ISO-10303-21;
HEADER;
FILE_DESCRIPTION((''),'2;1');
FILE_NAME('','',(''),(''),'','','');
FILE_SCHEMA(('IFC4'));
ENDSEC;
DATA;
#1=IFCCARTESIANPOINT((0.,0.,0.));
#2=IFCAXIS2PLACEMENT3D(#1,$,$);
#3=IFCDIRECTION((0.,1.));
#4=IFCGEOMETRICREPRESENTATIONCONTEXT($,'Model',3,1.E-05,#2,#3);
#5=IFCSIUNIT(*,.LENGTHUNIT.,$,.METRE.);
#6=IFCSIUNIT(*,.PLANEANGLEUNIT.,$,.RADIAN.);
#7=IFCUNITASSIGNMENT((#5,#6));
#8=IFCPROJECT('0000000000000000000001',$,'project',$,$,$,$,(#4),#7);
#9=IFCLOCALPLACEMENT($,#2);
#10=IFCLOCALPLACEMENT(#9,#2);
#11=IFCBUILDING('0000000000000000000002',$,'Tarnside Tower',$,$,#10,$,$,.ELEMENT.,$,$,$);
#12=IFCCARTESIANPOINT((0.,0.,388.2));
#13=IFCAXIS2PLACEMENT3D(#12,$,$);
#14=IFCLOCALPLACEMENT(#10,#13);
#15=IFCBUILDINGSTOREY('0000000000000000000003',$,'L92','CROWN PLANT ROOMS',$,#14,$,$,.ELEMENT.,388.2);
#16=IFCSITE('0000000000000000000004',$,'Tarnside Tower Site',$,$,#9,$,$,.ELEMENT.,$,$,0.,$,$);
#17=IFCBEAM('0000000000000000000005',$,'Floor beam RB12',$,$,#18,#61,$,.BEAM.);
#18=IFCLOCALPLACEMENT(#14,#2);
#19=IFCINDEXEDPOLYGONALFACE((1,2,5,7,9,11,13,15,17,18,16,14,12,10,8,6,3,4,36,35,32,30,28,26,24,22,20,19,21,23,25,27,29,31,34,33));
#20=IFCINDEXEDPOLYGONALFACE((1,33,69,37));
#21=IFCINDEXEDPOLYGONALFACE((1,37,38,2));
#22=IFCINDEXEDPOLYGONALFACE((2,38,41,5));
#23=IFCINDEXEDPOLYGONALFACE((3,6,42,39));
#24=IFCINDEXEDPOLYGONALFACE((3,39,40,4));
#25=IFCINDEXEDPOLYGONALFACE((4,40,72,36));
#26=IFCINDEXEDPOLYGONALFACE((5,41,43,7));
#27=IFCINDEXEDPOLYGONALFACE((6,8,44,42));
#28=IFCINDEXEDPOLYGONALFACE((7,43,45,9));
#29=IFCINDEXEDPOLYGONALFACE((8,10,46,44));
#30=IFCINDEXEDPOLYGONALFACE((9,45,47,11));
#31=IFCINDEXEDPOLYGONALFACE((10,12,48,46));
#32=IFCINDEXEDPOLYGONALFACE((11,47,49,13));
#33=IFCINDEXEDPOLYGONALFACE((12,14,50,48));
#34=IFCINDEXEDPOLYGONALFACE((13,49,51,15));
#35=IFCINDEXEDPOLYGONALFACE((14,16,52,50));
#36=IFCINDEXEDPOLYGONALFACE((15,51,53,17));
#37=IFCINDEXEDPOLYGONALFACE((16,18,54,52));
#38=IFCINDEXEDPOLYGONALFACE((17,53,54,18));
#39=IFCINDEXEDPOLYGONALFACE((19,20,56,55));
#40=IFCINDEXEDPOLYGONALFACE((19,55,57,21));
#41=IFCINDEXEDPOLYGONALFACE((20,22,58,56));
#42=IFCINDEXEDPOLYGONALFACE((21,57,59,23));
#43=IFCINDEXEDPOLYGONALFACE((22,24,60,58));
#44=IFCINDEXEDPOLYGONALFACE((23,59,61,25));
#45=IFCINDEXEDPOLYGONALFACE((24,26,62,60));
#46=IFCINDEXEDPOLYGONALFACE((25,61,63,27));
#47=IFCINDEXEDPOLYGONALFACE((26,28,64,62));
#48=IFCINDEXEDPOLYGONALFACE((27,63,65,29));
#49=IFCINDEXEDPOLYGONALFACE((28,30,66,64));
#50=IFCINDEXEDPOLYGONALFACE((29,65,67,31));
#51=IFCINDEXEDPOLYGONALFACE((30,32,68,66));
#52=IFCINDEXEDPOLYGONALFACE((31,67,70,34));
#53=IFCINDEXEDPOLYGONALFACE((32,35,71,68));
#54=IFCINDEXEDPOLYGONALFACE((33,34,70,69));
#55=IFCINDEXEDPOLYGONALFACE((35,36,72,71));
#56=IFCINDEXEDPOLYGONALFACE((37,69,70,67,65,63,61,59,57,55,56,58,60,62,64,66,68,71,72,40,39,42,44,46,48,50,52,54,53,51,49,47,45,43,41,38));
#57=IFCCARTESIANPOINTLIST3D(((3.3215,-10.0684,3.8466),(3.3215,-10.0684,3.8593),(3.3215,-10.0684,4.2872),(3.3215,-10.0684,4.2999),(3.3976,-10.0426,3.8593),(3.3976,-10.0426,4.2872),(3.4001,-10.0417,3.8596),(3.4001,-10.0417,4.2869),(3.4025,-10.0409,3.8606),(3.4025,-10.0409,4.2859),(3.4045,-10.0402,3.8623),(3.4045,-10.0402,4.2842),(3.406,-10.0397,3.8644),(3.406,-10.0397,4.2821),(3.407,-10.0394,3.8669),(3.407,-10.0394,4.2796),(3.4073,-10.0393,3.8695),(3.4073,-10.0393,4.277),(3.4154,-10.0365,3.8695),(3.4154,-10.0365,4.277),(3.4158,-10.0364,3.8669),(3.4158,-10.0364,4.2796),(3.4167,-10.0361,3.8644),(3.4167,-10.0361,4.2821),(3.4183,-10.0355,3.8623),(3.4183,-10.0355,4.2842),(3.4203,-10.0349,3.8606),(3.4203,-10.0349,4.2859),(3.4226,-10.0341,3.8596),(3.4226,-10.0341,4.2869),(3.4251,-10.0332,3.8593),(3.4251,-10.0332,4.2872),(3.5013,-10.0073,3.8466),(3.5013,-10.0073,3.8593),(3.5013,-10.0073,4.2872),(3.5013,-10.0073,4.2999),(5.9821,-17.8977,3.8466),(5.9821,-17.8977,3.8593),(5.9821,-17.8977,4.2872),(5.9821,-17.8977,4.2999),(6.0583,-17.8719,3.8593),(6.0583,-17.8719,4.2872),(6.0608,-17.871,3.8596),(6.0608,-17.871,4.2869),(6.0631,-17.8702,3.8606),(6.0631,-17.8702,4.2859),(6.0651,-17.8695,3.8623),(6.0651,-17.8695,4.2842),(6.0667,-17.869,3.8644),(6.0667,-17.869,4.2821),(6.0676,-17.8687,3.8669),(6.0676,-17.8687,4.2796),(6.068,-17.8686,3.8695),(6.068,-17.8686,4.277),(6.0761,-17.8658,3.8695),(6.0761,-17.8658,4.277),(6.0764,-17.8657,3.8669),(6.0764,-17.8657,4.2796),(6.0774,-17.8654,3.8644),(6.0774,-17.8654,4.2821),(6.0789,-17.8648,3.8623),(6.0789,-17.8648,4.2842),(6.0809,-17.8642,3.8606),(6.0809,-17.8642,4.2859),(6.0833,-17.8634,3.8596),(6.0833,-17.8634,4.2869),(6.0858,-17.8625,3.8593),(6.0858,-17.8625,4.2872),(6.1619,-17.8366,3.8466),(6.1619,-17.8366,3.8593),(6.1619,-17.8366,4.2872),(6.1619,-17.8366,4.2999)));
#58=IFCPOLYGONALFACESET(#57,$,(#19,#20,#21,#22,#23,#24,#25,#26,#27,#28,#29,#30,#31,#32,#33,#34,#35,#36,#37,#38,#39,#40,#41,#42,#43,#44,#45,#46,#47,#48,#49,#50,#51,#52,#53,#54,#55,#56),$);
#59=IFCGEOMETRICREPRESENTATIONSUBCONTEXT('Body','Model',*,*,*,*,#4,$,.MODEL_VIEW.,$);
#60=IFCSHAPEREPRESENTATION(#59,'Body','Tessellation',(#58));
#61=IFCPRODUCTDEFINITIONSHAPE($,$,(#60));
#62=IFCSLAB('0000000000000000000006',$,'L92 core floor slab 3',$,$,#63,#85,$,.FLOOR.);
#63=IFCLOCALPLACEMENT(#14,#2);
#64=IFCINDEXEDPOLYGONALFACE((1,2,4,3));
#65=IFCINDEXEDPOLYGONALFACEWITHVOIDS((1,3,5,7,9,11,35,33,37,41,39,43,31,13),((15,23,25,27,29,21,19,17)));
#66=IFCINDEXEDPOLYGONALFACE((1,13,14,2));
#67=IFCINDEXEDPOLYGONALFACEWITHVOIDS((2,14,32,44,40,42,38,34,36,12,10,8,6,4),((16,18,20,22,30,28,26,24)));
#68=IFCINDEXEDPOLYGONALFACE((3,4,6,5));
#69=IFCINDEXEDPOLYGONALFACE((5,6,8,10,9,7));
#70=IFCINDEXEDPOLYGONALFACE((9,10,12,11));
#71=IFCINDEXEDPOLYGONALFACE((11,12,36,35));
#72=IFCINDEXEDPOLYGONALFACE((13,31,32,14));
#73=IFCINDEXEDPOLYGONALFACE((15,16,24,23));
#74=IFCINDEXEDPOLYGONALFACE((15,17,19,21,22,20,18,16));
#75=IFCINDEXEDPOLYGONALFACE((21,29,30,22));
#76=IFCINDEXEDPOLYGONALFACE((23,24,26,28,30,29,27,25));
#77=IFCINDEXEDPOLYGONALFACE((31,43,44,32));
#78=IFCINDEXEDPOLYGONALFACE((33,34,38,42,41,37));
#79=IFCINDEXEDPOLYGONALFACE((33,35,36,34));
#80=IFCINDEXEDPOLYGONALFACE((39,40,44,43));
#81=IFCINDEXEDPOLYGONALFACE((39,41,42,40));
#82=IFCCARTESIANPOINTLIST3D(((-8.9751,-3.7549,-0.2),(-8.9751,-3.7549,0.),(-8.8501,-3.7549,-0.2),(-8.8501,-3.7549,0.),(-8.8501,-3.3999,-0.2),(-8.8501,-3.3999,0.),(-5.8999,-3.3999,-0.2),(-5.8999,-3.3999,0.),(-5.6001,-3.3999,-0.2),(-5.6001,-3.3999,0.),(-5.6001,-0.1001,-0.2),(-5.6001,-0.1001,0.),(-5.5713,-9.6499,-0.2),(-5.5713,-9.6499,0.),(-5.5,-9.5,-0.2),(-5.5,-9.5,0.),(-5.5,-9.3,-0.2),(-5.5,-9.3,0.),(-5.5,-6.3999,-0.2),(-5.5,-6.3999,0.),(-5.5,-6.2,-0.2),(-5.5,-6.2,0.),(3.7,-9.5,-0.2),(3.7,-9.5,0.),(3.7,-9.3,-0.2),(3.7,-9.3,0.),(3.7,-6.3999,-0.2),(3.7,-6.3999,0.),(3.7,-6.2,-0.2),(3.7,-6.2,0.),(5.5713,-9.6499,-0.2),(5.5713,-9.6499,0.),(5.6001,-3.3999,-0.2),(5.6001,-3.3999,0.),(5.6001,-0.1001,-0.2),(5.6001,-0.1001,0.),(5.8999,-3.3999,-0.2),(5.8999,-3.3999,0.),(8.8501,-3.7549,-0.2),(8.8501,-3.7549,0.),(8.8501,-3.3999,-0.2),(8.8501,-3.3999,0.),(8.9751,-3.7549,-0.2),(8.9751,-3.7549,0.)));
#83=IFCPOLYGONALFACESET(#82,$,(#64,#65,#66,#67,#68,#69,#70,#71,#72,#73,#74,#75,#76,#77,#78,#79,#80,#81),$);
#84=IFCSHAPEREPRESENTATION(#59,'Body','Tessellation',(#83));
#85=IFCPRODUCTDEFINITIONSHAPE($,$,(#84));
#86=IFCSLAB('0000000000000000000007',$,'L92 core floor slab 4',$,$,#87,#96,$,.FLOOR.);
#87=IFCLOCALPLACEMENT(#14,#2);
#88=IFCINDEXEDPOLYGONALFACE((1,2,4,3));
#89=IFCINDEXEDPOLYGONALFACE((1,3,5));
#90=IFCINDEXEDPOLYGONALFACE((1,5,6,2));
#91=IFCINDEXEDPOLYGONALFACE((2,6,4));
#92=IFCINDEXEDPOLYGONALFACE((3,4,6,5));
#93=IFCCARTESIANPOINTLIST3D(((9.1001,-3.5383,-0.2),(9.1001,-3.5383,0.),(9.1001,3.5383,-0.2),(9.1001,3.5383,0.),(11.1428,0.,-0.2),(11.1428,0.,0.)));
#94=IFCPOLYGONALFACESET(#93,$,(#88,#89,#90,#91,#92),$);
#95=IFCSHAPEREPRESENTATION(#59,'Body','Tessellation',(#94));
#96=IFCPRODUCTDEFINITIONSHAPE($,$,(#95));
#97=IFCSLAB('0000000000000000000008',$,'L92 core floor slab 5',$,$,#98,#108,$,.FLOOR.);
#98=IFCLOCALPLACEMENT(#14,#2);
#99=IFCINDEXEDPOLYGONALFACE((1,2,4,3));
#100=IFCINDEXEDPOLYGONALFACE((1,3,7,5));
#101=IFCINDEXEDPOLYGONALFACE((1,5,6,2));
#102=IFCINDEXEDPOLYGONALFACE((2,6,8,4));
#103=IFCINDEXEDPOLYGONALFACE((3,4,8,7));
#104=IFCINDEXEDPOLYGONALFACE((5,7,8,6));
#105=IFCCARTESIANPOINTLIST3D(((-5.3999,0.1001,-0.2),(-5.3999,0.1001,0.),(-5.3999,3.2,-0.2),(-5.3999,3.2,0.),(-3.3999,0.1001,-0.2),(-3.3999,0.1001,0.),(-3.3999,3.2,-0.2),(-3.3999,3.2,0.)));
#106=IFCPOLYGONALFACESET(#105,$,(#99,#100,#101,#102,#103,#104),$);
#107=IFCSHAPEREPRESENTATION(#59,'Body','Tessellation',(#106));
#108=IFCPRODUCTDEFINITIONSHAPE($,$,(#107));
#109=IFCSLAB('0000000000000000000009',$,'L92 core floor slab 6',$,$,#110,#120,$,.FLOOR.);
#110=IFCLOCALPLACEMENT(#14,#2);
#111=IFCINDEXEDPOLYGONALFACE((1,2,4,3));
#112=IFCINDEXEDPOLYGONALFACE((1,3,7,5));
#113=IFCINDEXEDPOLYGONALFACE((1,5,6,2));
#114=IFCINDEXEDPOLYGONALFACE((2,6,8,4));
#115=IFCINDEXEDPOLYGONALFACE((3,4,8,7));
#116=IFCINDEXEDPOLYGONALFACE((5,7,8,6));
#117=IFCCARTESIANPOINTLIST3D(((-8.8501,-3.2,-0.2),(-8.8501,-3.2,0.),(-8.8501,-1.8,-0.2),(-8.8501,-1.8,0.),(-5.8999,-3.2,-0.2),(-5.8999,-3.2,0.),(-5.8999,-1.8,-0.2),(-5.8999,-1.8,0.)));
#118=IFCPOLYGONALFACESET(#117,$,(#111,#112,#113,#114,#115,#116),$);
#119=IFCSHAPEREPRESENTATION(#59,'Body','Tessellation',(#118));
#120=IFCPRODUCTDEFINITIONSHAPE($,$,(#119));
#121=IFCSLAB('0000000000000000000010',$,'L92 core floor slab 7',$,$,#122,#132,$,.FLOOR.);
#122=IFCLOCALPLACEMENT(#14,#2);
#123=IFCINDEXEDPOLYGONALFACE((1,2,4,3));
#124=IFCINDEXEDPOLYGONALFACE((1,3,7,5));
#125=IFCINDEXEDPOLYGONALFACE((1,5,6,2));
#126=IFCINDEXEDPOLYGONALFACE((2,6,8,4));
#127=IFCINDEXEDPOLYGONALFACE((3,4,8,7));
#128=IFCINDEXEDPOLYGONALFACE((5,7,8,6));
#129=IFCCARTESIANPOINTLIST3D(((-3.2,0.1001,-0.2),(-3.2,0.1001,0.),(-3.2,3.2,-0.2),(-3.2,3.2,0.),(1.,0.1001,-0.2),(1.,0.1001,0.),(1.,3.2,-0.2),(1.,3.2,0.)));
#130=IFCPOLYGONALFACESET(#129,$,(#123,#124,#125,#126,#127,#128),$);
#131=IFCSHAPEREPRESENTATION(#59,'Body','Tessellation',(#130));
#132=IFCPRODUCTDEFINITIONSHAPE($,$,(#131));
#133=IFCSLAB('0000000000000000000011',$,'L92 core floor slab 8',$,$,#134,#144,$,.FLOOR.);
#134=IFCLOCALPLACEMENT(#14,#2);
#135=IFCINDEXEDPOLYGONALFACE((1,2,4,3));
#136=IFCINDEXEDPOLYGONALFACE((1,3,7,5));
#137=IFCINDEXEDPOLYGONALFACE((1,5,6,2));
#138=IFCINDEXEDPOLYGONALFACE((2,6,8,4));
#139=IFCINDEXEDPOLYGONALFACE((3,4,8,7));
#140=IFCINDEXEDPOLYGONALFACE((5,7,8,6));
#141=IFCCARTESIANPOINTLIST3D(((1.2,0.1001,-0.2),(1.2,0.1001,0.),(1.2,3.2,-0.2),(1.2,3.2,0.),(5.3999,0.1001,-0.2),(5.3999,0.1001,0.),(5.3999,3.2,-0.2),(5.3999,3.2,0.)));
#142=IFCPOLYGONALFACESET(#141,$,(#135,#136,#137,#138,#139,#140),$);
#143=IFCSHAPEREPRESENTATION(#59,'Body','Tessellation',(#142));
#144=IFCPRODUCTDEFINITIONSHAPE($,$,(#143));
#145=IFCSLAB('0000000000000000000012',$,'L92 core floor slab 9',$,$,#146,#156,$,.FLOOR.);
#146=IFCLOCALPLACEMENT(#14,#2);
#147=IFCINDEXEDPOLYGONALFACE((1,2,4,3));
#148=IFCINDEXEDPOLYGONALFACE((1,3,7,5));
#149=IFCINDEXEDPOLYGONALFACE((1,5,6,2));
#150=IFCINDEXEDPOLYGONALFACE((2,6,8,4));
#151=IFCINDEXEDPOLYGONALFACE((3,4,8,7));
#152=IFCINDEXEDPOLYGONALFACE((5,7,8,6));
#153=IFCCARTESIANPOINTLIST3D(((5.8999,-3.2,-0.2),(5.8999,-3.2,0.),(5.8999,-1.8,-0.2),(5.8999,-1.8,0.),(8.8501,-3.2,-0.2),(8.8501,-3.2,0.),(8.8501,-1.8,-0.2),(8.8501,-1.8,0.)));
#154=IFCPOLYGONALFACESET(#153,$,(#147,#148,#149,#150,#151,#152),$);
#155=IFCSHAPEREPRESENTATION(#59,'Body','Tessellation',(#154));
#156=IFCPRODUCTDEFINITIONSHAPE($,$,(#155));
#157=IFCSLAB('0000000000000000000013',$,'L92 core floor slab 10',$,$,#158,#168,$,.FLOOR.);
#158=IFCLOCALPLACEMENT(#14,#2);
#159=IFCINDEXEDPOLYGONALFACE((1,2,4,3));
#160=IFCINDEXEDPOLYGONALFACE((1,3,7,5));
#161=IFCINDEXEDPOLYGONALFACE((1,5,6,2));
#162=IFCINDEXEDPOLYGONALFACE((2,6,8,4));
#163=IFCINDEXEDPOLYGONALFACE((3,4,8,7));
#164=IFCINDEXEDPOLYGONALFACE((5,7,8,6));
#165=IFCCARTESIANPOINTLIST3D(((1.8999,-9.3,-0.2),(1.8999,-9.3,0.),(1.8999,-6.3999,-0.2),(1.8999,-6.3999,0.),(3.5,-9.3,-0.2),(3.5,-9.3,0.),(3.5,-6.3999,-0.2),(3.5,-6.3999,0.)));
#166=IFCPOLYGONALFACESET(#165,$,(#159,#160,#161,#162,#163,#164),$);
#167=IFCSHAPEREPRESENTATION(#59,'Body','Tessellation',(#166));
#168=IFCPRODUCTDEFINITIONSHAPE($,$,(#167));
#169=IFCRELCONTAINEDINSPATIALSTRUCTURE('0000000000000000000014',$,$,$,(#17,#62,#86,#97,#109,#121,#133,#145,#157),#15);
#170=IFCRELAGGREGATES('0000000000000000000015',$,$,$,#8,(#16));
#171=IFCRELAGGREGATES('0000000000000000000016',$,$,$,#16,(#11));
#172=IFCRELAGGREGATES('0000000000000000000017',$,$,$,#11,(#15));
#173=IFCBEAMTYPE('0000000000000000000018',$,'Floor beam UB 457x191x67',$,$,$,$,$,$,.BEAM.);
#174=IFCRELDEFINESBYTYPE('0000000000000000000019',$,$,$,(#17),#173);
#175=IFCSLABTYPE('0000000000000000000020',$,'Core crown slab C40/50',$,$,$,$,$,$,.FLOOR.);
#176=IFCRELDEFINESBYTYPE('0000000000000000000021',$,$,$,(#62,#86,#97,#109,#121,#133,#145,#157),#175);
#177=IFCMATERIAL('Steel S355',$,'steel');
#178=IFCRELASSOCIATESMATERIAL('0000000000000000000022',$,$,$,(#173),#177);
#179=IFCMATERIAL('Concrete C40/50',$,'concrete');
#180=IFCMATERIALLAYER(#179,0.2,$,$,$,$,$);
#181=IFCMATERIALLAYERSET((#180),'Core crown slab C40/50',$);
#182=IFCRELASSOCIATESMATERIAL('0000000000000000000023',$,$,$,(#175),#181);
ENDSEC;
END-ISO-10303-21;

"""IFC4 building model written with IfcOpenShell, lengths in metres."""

from ifc_helpers import new_model, si_unit, direction, frame, origin, origin_2d, place, context, subcontext, project, spatial, polyline, i_section, outline, extrude, material, layer, layer_set, material_profile, profile_set, type_object, element, save


model = new_model("IFC4")

# Units and contexts
model_context = context("Model", 3, precision=1e-05, world=origin(), true_north=direction((0.0, 1.0)))
body_context = subcontext(model_context, "Body", "Model", "MODEL_VIEW")
ifc_project = project(units=[si_unit("LENGTHUNIT", "METRE"), si_unit("PLANEANGLEUNIT", "RADIAN")], contexts=[model_context])

# Site, building, storey
site_placement = place(None, origin())
site = spatial("IfcSite", under=ifc_project, at=site_placement, Name="Tarnside Tower Site", CompositionType="ELEMENT", RefElevation=0.0)
building_placement = place(site_placement, origin())
building = spatial("IfcBuilding", under=site, at=building_placement, Name="Tarnside Tower", CompositionType="ELEMENT")
storey_placement = place(building_placement, frame((0.0, 0.0, 388.2)))
storey = spatial("IfcBuildingStorey", under=building, at=storey_placement, Name="L92", Description="CROWN PLANT ROOMS", CompositionType="ELEMENT", Elevation=388.2)

# Beam
ifc_material_1 = material(Name="Steel S355", Category="steel")
ifc_material_profile = material_profile(ifc_material_1, i_section(OverallWidth=0.1899, OverallDepth=0.4534, WebThickness=0.0085, FlangeThickness=0.0127, FilletRadius=0.0103, at=origin_2d()), Name="UB 457x191x67")
ifc_profile_set = profile_set([ifc_material_profile], Name="Steel S355")
beam_type = type_object("IfcBeamType", Name="Floor beam UB 457x191x67", PredefinedType="BEAM", material=ifc_profile_set)
beam_placement = place(storey_placement, frame((6.072, -17.8672, 4.0732), z_axis=(-0.321758, 0.946822, 0.0), x_axis=(-0.946822, -0.321758, 0.0)))
element("IfcBeam", 1, at=beam_placement, inside=storey, type_object=beam_type, Name="Floor beam RB12", PredefinedType="BEAM", context=body_context, shape_type="SweptSolid", body=[
    extrude(i_section(OverallWidth=0.1899, OverallDepth=0.4534, WebThickness=0.0085, FlangeThickness=0.0127, FilletRadius=0.0103, at=origin_2d()), origin(), (0.0, 0.0, 1.0), 8.269),
])

# Slabs
ifc_material_2 = material(Name="Concrete C40/50", Category="concrete")
ifc_layer_1 = layer(ifc_material_2, 0.2)
ifc_layer_set_1 = layer_set([ifc_layer_1], Name="Core crown slab C40/50")
slab_type = type_object("IfcSlabType", Name="Core crown slab C40/50", PredefinedType="FLOOR", material=ifc_layer_set_1)
slab_1_placement = place(storey_placement, frame((0.0, 0.0, -0.2)))
element("IfcSlab", 2, at=slab_1_placement, inside=storey, type_object=slab_type, Name="L92 core floor slab 3", PredefinedType="FLOOR", context=body_context, shape_type="SweptSolid", body=[
    extrude(outline(polyline([(-8.8501, -3.7549), (-8.8501, -3.3999), (-5.8999, -3.3999), (-5.6001, -3.3999), (-5.6001, -0.1001), (5.6001, -0.1001), (5.6001, -3.3999), (5.8999, -3.3999), (8.8501, -3.3999), (8.8501, -3.7549), (8.9751, -3.7549), (5.5713, -9.6499), (-5.5713, -9.6499), (-8.9751, -3.7549), (-8.8501, -3.7549)]), holes=[polyline([(-5.5, -9.5), (3.7, -9.5), (3.7, -9.3), (3.7, -6.3999), (3.7, -6.2), (-5.5, -6.2), (-5.5, -6.3999), (-5.5, -9.3), (-5.5, -9.5)])]), origin(), (0.0, 0.0, 1.0), 0.2),
])
slab_2_placement = place(storey_placement, frame((0.0, 0.0, -0.2)))
element("IfcSlab", 3, at=slab_2_placement, inside=storey, type_object=slab_type, Name="L92 core floor slab 4", PredefinedType="FLOOR", context=body_context, shape_type="SweptSolid", body=[
    extrude(outline(polyline([(9.1001, 3.5383), (11.1428, 0.0), (9.1001, -3.5383), (9.1001, 3.5383)])), origin(), (0.0, 0.0, 1.0), 0.2),
])
slab_3_placement = place(storey_placement, frame((0.0, 0.0, -0.2)))
element("IfcSlab", 4, at=slab_3_placement, inside=storey, type_object=slab_type, Name="L92 core floor slab 5", PredefinedType="FLOOR", context=body_context, shape_type="SweptSolid", body=[
    extrude(outline(polyline([(-3.3999, 3.2), (-3.3999, 0.1001), (-5.3999, 0.1001), (-5.3999, 3.2), (-3.3999, 3.2)])), origin(), (0.0, 0.0, 1.0), 0.2),
])
slab_4_placement = place(storey_placement, frame((0.0, 0.0, -0.2)))
element("IfcSlab", 5, at=slab_4_placement, inside=storey, type_object=slab_type, Name="L92 core floor slab 6", PredefinedType="FLOOR", context=body_context, shape_type="SweptSolid", body=[
    extrude(outline(polyline([(-8.8501, -3.2), (-8.8501, -1.8), (-5.8999, -1.8), (-5.8999, -3.2), (-8.8501, -3.2)])), origin(), (0.0, 0.0, 1.0), 0.2),
])
slab_5_placement = place(storey_placement, frame((0.0, 0.0, -0.2)))
element("IfcSlab", 6, at=slab_5_placement, inside=storey, type_object=slab_type, Name="L92 core floor slab 7", PredefinedType="FLOOR", context=body_context, shape_type="SweptSolid", body=[
    extrude(outline(polyline([(1.0, 3.2), (1.0, 0.1001), (-3.2, 0.1001), (-3.2, 3.2), (1.0, 3.2)])), origin(), (0.0, 0.0, 1.0), 0.2),
])
slab_6_placement = place(storey_placement, frame((0.0, 0.0, -0.2)))
element("IfcSlab", 7, at=slab_6_placement, inside=storey, type_object=slab_type, Name="L92 core floor slab 8", PredefinedType="FLOOR", context=body_context, shape_type="SweptSolid", body=[
    extrude(outline(polyline([(1.2, 3.2), (5.3999, 3.2), (5.3999, 0.1001), (1.2, 0.1001), (1.2, 3.2)])), origin(), (0.0, 0.0, 1.0), 0.2),
])
slab_7_placement = place(storey_placement, frame((0.0, 0.0, -0.2)))
element("IfcSlab", 8, at=slab_7_placement, inside=storey, type_object=slab_type, Name="L92 core floor slab 9", PredefinedType="FLOOR", context=body_context, shape_type="SweptSolid", body=[
    extrude(outline(polyline([(5.8999, -1.8), (8.8501, -1.8), (8.8501, -3.2), (5.8999, -3.2), (5.8999, -1.8)])), origin(), (0.0, 0.0, 1.0), 0.2),
])
slab_8_placement = place(storey_placement, frame((0.0, 0.0, -0.2)))
element("IfcSlab", 9, at=slab_8_placement, inside=storey, type_object=slab_type, Name="L92 core floor slab 10", PredefinedType="FLOOR", context=body_context, shape_type="SweptSolid", body=[
    extrude(outline(polyline([(3.5, -9.3), (1.8999, -9.3), (1.8999, -6.3999), (3.5, -6.3999), (3.5, -9.3)])), origin(), (0.0, 0.0, 1.0), 0.2),
])

save(model, "model.ifc")
